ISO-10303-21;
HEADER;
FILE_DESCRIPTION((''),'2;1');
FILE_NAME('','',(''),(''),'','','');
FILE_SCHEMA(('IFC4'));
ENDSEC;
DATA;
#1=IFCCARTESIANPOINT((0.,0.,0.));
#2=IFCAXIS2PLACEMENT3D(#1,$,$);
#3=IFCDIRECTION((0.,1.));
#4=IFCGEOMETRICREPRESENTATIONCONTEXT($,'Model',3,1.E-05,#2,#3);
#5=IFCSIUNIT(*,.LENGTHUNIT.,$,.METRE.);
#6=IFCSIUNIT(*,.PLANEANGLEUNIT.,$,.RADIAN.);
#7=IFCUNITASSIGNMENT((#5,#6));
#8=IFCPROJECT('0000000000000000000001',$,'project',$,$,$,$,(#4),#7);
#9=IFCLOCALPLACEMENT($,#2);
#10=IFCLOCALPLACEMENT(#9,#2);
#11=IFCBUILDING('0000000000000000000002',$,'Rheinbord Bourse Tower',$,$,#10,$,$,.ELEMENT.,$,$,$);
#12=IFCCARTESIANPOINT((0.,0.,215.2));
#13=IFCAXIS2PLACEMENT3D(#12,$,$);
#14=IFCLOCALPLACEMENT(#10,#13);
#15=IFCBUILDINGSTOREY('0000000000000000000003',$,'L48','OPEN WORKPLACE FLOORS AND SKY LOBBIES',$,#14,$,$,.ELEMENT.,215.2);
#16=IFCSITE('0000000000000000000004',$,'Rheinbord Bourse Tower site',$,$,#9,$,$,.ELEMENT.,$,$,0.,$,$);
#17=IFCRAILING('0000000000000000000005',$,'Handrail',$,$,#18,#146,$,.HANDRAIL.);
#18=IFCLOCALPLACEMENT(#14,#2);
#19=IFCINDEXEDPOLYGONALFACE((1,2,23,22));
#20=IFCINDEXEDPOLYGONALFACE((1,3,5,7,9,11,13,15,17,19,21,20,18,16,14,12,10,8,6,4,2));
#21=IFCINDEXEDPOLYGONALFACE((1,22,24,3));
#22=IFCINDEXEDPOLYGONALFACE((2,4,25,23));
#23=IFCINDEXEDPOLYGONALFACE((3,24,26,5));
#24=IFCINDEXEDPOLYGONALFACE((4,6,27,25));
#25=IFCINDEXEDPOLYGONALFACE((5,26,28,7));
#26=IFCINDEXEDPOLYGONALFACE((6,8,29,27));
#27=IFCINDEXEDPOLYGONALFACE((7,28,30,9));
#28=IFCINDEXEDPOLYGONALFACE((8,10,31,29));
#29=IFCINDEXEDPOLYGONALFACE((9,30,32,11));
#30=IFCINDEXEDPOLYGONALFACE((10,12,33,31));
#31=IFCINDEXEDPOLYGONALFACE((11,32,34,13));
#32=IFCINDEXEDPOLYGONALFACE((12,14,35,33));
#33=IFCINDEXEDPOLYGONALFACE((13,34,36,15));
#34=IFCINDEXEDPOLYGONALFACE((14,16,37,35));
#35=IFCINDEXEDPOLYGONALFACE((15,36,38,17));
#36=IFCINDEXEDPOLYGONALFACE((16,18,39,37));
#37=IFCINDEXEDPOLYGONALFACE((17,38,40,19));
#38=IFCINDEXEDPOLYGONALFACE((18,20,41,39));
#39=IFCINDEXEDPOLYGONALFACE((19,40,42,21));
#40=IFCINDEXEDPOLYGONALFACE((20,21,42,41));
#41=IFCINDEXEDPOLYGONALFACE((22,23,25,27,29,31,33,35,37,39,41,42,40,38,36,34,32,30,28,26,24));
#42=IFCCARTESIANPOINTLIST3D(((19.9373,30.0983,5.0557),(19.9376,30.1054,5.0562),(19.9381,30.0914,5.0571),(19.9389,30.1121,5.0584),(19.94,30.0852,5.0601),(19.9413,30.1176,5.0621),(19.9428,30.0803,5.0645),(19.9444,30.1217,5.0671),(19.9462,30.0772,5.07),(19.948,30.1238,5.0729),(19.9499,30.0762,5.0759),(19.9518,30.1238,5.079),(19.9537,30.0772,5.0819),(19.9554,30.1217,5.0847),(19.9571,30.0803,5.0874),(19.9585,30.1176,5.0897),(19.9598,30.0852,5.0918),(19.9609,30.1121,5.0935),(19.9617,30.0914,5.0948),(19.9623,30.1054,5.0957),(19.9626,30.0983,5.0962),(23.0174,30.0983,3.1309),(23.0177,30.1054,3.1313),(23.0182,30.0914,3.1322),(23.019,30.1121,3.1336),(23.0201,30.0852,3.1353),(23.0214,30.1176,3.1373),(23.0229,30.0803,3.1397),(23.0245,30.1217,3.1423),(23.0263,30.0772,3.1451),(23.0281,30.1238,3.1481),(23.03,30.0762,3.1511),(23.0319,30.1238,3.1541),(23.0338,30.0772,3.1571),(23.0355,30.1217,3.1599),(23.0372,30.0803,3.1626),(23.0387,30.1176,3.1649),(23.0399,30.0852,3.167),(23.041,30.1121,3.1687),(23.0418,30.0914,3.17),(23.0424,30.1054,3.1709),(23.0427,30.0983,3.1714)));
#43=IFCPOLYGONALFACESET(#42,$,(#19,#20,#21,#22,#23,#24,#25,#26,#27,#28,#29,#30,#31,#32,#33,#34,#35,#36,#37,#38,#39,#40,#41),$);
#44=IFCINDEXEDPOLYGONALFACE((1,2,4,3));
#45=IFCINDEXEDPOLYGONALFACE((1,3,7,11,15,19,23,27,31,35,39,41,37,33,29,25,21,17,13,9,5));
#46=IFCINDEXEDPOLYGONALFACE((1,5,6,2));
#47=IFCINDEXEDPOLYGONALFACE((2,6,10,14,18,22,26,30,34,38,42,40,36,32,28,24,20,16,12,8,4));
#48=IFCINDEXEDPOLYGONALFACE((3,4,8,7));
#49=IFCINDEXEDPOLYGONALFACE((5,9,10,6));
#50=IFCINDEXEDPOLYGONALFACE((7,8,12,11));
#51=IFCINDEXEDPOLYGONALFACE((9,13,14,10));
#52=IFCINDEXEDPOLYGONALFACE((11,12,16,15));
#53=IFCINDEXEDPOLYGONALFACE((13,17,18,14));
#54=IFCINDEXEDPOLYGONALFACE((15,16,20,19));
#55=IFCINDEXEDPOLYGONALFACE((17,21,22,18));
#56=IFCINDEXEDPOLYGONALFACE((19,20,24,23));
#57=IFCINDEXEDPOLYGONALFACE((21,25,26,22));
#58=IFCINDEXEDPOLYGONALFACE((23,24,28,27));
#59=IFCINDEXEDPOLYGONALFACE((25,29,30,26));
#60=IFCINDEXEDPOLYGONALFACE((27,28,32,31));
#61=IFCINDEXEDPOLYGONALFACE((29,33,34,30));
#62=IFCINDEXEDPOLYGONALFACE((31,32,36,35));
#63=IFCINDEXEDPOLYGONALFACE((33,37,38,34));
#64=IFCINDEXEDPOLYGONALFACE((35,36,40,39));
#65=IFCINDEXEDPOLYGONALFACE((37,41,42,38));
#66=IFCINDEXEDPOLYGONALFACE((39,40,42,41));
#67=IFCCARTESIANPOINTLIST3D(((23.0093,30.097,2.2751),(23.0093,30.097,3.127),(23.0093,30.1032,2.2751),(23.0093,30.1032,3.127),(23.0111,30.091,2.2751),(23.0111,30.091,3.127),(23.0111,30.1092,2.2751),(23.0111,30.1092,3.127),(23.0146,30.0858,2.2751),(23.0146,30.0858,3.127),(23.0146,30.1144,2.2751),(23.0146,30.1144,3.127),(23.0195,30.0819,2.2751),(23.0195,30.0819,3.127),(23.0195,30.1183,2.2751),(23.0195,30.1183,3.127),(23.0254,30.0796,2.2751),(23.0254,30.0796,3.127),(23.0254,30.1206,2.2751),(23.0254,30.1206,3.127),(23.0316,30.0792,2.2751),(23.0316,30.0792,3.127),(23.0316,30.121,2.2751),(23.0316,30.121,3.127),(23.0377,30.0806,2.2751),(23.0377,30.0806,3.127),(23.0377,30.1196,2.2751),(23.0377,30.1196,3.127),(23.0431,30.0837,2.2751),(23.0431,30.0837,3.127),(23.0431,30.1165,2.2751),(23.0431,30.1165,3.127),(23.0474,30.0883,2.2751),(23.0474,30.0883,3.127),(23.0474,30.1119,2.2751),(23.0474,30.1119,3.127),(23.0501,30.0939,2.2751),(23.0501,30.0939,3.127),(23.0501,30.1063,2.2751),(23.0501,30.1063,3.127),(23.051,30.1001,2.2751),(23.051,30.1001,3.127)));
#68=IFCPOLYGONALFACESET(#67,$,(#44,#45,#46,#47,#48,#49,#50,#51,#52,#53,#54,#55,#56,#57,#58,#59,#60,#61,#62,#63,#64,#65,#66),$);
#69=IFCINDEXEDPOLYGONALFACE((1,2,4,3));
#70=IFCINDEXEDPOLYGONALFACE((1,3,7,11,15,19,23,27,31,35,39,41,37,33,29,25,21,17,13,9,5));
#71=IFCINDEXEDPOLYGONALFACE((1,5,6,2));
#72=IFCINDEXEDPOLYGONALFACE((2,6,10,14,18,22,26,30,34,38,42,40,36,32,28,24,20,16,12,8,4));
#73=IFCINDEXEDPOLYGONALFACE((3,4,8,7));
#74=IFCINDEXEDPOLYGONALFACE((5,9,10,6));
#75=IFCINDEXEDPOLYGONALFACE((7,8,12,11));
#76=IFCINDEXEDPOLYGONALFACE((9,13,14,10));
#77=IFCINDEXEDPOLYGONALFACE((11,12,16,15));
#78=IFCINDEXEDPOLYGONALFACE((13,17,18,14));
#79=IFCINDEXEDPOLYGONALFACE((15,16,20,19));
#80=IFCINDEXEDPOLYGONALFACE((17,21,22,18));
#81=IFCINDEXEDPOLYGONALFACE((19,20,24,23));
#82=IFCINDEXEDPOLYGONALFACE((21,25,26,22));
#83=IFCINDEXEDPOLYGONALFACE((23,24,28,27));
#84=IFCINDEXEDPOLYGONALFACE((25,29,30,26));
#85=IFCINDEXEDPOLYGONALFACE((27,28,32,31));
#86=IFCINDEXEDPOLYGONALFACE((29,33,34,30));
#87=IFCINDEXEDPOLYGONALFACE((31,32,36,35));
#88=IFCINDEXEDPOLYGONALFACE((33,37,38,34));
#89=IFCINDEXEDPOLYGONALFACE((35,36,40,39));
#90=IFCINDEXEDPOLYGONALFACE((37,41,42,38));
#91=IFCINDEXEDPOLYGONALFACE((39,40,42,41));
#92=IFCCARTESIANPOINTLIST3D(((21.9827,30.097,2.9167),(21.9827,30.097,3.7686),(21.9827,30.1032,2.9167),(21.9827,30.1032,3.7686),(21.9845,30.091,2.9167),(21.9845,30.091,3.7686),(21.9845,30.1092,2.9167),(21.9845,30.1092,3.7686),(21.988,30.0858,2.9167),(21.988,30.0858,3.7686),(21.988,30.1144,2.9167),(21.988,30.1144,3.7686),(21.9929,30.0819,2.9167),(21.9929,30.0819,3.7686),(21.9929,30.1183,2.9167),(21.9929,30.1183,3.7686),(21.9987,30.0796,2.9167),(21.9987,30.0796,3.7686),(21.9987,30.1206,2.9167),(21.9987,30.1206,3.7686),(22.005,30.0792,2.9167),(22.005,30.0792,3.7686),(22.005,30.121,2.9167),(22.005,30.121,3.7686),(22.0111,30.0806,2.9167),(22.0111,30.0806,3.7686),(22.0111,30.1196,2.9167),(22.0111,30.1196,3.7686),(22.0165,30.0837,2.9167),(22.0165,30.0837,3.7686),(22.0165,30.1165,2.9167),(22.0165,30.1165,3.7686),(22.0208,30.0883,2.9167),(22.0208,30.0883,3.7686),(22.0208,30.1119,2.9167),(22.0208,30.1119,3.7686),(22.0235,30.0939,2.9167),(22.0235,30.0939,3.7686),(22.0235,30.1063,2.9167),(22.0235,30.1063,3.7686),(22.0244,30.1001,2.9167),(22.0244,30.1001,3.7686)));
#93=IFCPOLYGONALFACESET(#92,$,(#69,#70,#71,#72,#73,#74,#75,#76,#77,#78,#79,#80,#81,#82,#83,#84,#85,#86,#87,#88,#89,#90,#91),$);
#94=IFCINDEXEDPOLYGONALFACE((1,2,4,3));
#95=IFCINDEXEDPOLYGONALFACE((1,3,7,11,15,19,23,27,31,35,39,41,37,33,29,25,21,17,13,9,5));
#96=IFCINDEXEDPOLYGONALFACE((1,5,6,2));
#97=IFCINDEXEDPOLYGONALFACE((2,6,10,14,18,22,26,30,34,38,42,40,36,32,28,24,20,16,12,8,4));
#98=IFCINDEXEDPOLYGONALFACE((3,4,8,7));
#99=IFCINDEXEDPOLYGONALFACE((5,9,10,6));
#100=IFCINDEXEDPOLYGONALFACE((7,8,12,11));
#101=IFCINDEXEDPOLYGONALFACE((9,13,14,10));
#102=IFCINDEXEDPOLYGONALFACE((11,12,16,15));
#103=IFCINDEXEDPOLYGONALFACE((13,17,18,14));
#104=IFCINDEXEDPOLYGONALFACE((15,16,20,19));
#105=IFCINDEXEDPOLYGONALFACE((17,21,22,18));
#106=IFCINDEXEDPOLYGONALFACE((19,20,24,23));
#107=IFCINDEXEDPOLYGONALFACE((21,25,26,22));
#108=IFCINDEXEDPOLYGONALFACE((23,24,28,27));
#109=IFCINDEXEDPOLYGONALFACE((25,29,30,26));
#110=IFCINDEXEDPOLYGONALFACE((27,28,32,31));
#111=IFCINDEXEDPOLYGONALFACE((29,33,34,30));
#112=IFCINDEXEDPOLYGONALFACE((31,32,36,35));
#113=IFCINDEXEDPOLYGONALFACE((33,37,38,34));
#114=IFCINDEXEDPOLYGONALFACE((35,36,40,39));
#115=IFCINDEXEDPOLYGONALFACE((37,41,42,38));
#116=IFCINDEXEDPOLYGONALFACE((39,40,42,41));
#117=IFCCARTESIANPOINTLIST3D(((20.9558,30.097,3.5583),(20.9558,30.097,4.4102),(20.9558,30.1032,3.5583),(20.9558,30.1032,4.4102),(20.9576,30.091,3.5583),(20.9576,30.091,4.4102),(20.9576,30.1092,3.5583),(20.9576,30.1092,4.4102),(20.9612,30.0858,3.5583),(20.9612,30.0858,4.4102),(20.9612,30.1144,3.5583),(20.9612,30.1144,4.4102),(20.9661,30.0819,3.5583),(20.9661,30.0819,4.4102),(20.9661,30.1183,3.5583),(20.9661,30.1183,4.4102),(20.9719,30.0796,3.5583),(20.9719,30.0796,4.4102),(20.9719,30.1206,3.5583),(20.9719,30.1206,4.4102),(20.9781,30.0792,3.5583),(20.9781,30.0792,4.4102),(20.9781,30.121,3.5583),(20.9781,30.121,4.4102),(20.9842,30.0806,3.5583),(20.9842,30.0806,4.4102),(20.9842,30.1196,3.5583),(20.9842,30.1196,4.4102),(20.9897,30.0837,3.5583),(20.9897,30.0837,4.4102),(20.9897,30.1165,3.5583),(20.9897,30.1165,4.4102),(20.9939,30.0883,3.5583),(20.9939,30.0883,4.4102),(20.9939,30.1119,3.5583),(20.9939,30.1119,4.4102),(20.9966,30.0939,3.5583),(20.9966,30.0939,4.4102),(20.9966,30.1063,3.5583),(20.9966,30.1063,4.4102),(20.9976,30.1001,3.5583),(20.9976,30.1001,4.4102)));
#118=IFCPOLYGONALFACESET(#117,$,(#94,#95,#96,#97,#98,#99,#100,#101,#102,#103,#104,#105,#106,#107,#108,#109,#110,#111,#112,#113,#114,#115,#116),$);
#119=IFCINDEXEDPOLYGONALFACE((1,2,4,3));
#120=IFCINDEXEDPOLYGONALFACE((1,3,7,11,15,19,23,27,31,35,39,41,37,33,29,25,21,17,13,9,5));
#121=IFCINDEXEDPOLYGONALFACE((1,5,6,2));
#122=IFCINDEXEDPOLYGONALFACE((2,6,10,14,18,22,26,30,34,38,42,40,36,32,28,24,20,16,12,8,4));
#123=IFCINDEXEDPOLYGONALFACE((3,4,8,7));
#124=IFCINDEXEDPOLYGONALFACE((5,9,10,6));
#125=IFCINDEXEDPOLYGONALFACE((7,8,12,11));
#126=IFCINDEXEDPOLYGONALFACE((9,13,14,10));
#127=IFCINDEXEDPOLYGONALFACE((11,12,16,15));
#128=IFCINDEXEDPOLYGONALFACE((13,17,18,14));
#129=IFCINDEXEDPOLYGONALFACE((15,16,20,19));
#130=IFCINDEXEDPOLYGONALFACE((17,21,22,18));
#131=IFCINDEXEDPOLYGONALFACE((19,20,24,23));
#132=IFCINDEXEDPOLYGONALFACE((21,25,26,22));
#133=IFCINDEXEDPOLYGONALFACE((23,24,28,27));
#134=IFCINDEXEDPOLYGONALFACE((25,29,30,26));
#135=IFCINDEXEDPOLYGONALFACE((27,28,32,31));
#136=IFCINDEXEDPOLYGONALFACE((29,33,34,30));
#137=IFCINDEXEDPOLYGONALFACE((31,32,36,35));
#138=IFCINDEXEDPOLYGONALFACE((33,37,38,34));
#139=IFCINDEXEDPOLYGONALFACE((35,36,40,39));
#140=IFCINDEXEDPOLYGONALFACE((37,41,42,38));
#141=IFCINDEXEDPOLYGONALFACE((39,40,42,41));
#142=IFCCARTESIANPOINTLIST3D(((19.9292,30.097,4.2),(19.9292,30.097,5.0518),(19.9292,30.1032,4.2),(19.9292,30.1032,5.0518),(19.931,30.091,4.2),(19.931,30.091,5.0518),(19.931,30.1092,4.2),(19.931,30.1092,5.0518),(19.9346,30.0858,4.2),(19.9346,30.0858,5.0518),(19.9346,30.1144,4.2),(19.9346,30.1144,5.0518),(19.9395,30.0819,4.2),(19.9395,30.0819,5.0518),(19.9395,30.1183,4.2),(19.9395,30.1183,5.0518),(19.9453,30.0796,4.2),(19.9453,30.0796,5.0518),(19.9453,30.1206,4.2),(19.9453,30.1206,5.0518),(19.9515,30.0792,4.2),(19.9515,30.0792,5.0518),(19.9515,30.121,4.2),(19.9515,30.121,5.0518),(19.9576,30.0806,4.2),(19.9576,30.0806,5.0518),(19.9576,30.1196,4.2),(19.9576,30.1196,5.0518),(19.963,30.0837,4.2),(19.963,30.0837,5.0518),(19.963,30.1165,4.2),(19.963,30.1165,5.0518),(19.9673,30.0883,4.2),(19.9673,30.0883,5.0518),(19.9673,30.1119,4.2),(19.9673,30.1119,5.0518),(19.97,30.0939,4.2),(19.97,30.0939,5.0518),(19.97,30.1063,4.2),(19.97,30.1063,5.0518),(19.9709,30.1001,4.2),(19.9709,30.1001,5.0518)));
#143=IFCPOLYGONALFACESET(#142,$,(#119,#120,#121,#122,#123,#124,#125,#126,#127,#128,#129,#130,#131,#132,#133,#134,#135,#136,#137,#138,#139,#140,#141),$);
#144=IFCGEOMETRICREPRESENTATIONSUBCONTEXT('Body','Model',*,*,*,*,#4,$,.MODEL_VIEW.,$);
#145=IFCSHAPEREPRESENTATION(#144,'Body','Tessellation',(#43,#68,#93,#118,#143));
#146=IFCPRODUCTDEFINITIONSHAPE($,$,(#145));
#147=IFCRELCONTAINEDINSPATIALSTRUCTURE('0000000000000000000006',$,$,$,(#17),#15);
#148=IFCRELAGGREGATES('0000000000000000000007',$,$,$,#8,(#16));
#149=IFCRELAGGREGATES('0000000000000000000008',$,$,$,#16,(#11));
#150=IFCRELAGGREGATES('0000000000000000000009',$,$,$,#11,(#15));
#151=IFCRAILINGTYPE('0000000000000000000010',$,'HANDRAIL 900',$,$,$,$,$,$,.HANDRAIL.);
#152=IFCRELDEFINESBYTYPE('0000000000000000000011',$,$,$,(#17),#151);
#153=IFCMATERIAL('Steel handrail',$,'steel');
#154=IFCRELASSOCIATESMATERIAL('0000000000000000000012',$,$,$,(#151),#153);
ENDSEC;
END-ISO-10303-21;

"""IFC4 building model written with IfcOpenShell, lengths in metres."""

from ifc_helpers import new_model, si_unit, direction, frame, origin, origin_2d, place, context, subcontext, project, spatial, circle, extrude, material, type_object, element, save


model = new_model("IFC4")

# Units and contexts
model_context = context("Model", 3, precision=1e-05, world=origin(), true_north=direction((0.0, 1.0)))
body_context = subcontext(model_context, "Body", "Model", "MODEL_VIEW")
ifc_project = project(units=[si_unit("LENGTHUNIT", "METRE"), si_unit("PLANEANGLEUNIT", "RADIAN")], contexts=[model_context])

# Site, building, storey
site_placement = place(None, origin())
site = spatial("IfcSite", under=ifc_project, at=site_placement, Name="Rheinbord Bourse Tower site", CompositionType="ELEMENT", RefElevation=0.0)
building_placement = place(site_placement, origin())
building = spatial("IfcBuilding", under=site, at=building_placement, Name="Rheinbord Bourse Tower", CompositionType="ELEMENT")
storey_placement = place(building_placement, frame((0.0, 0.0, 215.2)))
storey = spatial("IfcBuildingStorey", under=building, at=storey_placement, Name="L48", Description="OPEN WORKPLACE FLOORS AND SKY LOBBIES", CompositionType="ELEMENT", Elevation=215.2)

# Railing
ifc_material_1 = material(Name="Steel handrail", Category="steel")
railing_type = type_object("IfcRailingType", Name="HANDRAIL 900", PredefinedType="HANDRAIL", material=ifc_material_1)
railing_1_placement = place(storey_placement, frame((23.03, 30.1001, 2.2751)))
element("IfcRailing", 1, at=railing_1_placement, inside=storey, type_object=railing_type, Name="Handrail", PredefinedType="HANDRAIL", context=body_context, shape_type="SweptSolid", body=[
    extrude(circle(Radius=0.0239, at=origin_2d()), frame((0.0, 0.0, 0.876), z_axis=(-0.848029, 0.0, 0.529951), x_axis=(0.0, -1.0, 0.0)), (0.0, 0.0, 1.0), 3.6321),
    extrude(circle(Radius=0.021, at=origin_2d()), origin(), (0.0, 0.0, 1.0), 0.8518),
    extrude(circle(Radius=0.021, at=origin_2d()), frame((-1.0266, 0.0, 0.6416)), (0.0, 0.0, 1.0), 0.8518),
    extrude(circle(Radius=0.021, at=origin_2d()), frame((-2.0535, 0.0, 1.2832)), (0.0, 0.0, 1.0), 0.8518),
    extrude(circle(Radius=0.021, at=origin_2d()), frame((-3.0801, 0.0, 1.9248)), (0.0, 0.0, 1.0), 0.8518),
])

save(model, "model.ifc")
